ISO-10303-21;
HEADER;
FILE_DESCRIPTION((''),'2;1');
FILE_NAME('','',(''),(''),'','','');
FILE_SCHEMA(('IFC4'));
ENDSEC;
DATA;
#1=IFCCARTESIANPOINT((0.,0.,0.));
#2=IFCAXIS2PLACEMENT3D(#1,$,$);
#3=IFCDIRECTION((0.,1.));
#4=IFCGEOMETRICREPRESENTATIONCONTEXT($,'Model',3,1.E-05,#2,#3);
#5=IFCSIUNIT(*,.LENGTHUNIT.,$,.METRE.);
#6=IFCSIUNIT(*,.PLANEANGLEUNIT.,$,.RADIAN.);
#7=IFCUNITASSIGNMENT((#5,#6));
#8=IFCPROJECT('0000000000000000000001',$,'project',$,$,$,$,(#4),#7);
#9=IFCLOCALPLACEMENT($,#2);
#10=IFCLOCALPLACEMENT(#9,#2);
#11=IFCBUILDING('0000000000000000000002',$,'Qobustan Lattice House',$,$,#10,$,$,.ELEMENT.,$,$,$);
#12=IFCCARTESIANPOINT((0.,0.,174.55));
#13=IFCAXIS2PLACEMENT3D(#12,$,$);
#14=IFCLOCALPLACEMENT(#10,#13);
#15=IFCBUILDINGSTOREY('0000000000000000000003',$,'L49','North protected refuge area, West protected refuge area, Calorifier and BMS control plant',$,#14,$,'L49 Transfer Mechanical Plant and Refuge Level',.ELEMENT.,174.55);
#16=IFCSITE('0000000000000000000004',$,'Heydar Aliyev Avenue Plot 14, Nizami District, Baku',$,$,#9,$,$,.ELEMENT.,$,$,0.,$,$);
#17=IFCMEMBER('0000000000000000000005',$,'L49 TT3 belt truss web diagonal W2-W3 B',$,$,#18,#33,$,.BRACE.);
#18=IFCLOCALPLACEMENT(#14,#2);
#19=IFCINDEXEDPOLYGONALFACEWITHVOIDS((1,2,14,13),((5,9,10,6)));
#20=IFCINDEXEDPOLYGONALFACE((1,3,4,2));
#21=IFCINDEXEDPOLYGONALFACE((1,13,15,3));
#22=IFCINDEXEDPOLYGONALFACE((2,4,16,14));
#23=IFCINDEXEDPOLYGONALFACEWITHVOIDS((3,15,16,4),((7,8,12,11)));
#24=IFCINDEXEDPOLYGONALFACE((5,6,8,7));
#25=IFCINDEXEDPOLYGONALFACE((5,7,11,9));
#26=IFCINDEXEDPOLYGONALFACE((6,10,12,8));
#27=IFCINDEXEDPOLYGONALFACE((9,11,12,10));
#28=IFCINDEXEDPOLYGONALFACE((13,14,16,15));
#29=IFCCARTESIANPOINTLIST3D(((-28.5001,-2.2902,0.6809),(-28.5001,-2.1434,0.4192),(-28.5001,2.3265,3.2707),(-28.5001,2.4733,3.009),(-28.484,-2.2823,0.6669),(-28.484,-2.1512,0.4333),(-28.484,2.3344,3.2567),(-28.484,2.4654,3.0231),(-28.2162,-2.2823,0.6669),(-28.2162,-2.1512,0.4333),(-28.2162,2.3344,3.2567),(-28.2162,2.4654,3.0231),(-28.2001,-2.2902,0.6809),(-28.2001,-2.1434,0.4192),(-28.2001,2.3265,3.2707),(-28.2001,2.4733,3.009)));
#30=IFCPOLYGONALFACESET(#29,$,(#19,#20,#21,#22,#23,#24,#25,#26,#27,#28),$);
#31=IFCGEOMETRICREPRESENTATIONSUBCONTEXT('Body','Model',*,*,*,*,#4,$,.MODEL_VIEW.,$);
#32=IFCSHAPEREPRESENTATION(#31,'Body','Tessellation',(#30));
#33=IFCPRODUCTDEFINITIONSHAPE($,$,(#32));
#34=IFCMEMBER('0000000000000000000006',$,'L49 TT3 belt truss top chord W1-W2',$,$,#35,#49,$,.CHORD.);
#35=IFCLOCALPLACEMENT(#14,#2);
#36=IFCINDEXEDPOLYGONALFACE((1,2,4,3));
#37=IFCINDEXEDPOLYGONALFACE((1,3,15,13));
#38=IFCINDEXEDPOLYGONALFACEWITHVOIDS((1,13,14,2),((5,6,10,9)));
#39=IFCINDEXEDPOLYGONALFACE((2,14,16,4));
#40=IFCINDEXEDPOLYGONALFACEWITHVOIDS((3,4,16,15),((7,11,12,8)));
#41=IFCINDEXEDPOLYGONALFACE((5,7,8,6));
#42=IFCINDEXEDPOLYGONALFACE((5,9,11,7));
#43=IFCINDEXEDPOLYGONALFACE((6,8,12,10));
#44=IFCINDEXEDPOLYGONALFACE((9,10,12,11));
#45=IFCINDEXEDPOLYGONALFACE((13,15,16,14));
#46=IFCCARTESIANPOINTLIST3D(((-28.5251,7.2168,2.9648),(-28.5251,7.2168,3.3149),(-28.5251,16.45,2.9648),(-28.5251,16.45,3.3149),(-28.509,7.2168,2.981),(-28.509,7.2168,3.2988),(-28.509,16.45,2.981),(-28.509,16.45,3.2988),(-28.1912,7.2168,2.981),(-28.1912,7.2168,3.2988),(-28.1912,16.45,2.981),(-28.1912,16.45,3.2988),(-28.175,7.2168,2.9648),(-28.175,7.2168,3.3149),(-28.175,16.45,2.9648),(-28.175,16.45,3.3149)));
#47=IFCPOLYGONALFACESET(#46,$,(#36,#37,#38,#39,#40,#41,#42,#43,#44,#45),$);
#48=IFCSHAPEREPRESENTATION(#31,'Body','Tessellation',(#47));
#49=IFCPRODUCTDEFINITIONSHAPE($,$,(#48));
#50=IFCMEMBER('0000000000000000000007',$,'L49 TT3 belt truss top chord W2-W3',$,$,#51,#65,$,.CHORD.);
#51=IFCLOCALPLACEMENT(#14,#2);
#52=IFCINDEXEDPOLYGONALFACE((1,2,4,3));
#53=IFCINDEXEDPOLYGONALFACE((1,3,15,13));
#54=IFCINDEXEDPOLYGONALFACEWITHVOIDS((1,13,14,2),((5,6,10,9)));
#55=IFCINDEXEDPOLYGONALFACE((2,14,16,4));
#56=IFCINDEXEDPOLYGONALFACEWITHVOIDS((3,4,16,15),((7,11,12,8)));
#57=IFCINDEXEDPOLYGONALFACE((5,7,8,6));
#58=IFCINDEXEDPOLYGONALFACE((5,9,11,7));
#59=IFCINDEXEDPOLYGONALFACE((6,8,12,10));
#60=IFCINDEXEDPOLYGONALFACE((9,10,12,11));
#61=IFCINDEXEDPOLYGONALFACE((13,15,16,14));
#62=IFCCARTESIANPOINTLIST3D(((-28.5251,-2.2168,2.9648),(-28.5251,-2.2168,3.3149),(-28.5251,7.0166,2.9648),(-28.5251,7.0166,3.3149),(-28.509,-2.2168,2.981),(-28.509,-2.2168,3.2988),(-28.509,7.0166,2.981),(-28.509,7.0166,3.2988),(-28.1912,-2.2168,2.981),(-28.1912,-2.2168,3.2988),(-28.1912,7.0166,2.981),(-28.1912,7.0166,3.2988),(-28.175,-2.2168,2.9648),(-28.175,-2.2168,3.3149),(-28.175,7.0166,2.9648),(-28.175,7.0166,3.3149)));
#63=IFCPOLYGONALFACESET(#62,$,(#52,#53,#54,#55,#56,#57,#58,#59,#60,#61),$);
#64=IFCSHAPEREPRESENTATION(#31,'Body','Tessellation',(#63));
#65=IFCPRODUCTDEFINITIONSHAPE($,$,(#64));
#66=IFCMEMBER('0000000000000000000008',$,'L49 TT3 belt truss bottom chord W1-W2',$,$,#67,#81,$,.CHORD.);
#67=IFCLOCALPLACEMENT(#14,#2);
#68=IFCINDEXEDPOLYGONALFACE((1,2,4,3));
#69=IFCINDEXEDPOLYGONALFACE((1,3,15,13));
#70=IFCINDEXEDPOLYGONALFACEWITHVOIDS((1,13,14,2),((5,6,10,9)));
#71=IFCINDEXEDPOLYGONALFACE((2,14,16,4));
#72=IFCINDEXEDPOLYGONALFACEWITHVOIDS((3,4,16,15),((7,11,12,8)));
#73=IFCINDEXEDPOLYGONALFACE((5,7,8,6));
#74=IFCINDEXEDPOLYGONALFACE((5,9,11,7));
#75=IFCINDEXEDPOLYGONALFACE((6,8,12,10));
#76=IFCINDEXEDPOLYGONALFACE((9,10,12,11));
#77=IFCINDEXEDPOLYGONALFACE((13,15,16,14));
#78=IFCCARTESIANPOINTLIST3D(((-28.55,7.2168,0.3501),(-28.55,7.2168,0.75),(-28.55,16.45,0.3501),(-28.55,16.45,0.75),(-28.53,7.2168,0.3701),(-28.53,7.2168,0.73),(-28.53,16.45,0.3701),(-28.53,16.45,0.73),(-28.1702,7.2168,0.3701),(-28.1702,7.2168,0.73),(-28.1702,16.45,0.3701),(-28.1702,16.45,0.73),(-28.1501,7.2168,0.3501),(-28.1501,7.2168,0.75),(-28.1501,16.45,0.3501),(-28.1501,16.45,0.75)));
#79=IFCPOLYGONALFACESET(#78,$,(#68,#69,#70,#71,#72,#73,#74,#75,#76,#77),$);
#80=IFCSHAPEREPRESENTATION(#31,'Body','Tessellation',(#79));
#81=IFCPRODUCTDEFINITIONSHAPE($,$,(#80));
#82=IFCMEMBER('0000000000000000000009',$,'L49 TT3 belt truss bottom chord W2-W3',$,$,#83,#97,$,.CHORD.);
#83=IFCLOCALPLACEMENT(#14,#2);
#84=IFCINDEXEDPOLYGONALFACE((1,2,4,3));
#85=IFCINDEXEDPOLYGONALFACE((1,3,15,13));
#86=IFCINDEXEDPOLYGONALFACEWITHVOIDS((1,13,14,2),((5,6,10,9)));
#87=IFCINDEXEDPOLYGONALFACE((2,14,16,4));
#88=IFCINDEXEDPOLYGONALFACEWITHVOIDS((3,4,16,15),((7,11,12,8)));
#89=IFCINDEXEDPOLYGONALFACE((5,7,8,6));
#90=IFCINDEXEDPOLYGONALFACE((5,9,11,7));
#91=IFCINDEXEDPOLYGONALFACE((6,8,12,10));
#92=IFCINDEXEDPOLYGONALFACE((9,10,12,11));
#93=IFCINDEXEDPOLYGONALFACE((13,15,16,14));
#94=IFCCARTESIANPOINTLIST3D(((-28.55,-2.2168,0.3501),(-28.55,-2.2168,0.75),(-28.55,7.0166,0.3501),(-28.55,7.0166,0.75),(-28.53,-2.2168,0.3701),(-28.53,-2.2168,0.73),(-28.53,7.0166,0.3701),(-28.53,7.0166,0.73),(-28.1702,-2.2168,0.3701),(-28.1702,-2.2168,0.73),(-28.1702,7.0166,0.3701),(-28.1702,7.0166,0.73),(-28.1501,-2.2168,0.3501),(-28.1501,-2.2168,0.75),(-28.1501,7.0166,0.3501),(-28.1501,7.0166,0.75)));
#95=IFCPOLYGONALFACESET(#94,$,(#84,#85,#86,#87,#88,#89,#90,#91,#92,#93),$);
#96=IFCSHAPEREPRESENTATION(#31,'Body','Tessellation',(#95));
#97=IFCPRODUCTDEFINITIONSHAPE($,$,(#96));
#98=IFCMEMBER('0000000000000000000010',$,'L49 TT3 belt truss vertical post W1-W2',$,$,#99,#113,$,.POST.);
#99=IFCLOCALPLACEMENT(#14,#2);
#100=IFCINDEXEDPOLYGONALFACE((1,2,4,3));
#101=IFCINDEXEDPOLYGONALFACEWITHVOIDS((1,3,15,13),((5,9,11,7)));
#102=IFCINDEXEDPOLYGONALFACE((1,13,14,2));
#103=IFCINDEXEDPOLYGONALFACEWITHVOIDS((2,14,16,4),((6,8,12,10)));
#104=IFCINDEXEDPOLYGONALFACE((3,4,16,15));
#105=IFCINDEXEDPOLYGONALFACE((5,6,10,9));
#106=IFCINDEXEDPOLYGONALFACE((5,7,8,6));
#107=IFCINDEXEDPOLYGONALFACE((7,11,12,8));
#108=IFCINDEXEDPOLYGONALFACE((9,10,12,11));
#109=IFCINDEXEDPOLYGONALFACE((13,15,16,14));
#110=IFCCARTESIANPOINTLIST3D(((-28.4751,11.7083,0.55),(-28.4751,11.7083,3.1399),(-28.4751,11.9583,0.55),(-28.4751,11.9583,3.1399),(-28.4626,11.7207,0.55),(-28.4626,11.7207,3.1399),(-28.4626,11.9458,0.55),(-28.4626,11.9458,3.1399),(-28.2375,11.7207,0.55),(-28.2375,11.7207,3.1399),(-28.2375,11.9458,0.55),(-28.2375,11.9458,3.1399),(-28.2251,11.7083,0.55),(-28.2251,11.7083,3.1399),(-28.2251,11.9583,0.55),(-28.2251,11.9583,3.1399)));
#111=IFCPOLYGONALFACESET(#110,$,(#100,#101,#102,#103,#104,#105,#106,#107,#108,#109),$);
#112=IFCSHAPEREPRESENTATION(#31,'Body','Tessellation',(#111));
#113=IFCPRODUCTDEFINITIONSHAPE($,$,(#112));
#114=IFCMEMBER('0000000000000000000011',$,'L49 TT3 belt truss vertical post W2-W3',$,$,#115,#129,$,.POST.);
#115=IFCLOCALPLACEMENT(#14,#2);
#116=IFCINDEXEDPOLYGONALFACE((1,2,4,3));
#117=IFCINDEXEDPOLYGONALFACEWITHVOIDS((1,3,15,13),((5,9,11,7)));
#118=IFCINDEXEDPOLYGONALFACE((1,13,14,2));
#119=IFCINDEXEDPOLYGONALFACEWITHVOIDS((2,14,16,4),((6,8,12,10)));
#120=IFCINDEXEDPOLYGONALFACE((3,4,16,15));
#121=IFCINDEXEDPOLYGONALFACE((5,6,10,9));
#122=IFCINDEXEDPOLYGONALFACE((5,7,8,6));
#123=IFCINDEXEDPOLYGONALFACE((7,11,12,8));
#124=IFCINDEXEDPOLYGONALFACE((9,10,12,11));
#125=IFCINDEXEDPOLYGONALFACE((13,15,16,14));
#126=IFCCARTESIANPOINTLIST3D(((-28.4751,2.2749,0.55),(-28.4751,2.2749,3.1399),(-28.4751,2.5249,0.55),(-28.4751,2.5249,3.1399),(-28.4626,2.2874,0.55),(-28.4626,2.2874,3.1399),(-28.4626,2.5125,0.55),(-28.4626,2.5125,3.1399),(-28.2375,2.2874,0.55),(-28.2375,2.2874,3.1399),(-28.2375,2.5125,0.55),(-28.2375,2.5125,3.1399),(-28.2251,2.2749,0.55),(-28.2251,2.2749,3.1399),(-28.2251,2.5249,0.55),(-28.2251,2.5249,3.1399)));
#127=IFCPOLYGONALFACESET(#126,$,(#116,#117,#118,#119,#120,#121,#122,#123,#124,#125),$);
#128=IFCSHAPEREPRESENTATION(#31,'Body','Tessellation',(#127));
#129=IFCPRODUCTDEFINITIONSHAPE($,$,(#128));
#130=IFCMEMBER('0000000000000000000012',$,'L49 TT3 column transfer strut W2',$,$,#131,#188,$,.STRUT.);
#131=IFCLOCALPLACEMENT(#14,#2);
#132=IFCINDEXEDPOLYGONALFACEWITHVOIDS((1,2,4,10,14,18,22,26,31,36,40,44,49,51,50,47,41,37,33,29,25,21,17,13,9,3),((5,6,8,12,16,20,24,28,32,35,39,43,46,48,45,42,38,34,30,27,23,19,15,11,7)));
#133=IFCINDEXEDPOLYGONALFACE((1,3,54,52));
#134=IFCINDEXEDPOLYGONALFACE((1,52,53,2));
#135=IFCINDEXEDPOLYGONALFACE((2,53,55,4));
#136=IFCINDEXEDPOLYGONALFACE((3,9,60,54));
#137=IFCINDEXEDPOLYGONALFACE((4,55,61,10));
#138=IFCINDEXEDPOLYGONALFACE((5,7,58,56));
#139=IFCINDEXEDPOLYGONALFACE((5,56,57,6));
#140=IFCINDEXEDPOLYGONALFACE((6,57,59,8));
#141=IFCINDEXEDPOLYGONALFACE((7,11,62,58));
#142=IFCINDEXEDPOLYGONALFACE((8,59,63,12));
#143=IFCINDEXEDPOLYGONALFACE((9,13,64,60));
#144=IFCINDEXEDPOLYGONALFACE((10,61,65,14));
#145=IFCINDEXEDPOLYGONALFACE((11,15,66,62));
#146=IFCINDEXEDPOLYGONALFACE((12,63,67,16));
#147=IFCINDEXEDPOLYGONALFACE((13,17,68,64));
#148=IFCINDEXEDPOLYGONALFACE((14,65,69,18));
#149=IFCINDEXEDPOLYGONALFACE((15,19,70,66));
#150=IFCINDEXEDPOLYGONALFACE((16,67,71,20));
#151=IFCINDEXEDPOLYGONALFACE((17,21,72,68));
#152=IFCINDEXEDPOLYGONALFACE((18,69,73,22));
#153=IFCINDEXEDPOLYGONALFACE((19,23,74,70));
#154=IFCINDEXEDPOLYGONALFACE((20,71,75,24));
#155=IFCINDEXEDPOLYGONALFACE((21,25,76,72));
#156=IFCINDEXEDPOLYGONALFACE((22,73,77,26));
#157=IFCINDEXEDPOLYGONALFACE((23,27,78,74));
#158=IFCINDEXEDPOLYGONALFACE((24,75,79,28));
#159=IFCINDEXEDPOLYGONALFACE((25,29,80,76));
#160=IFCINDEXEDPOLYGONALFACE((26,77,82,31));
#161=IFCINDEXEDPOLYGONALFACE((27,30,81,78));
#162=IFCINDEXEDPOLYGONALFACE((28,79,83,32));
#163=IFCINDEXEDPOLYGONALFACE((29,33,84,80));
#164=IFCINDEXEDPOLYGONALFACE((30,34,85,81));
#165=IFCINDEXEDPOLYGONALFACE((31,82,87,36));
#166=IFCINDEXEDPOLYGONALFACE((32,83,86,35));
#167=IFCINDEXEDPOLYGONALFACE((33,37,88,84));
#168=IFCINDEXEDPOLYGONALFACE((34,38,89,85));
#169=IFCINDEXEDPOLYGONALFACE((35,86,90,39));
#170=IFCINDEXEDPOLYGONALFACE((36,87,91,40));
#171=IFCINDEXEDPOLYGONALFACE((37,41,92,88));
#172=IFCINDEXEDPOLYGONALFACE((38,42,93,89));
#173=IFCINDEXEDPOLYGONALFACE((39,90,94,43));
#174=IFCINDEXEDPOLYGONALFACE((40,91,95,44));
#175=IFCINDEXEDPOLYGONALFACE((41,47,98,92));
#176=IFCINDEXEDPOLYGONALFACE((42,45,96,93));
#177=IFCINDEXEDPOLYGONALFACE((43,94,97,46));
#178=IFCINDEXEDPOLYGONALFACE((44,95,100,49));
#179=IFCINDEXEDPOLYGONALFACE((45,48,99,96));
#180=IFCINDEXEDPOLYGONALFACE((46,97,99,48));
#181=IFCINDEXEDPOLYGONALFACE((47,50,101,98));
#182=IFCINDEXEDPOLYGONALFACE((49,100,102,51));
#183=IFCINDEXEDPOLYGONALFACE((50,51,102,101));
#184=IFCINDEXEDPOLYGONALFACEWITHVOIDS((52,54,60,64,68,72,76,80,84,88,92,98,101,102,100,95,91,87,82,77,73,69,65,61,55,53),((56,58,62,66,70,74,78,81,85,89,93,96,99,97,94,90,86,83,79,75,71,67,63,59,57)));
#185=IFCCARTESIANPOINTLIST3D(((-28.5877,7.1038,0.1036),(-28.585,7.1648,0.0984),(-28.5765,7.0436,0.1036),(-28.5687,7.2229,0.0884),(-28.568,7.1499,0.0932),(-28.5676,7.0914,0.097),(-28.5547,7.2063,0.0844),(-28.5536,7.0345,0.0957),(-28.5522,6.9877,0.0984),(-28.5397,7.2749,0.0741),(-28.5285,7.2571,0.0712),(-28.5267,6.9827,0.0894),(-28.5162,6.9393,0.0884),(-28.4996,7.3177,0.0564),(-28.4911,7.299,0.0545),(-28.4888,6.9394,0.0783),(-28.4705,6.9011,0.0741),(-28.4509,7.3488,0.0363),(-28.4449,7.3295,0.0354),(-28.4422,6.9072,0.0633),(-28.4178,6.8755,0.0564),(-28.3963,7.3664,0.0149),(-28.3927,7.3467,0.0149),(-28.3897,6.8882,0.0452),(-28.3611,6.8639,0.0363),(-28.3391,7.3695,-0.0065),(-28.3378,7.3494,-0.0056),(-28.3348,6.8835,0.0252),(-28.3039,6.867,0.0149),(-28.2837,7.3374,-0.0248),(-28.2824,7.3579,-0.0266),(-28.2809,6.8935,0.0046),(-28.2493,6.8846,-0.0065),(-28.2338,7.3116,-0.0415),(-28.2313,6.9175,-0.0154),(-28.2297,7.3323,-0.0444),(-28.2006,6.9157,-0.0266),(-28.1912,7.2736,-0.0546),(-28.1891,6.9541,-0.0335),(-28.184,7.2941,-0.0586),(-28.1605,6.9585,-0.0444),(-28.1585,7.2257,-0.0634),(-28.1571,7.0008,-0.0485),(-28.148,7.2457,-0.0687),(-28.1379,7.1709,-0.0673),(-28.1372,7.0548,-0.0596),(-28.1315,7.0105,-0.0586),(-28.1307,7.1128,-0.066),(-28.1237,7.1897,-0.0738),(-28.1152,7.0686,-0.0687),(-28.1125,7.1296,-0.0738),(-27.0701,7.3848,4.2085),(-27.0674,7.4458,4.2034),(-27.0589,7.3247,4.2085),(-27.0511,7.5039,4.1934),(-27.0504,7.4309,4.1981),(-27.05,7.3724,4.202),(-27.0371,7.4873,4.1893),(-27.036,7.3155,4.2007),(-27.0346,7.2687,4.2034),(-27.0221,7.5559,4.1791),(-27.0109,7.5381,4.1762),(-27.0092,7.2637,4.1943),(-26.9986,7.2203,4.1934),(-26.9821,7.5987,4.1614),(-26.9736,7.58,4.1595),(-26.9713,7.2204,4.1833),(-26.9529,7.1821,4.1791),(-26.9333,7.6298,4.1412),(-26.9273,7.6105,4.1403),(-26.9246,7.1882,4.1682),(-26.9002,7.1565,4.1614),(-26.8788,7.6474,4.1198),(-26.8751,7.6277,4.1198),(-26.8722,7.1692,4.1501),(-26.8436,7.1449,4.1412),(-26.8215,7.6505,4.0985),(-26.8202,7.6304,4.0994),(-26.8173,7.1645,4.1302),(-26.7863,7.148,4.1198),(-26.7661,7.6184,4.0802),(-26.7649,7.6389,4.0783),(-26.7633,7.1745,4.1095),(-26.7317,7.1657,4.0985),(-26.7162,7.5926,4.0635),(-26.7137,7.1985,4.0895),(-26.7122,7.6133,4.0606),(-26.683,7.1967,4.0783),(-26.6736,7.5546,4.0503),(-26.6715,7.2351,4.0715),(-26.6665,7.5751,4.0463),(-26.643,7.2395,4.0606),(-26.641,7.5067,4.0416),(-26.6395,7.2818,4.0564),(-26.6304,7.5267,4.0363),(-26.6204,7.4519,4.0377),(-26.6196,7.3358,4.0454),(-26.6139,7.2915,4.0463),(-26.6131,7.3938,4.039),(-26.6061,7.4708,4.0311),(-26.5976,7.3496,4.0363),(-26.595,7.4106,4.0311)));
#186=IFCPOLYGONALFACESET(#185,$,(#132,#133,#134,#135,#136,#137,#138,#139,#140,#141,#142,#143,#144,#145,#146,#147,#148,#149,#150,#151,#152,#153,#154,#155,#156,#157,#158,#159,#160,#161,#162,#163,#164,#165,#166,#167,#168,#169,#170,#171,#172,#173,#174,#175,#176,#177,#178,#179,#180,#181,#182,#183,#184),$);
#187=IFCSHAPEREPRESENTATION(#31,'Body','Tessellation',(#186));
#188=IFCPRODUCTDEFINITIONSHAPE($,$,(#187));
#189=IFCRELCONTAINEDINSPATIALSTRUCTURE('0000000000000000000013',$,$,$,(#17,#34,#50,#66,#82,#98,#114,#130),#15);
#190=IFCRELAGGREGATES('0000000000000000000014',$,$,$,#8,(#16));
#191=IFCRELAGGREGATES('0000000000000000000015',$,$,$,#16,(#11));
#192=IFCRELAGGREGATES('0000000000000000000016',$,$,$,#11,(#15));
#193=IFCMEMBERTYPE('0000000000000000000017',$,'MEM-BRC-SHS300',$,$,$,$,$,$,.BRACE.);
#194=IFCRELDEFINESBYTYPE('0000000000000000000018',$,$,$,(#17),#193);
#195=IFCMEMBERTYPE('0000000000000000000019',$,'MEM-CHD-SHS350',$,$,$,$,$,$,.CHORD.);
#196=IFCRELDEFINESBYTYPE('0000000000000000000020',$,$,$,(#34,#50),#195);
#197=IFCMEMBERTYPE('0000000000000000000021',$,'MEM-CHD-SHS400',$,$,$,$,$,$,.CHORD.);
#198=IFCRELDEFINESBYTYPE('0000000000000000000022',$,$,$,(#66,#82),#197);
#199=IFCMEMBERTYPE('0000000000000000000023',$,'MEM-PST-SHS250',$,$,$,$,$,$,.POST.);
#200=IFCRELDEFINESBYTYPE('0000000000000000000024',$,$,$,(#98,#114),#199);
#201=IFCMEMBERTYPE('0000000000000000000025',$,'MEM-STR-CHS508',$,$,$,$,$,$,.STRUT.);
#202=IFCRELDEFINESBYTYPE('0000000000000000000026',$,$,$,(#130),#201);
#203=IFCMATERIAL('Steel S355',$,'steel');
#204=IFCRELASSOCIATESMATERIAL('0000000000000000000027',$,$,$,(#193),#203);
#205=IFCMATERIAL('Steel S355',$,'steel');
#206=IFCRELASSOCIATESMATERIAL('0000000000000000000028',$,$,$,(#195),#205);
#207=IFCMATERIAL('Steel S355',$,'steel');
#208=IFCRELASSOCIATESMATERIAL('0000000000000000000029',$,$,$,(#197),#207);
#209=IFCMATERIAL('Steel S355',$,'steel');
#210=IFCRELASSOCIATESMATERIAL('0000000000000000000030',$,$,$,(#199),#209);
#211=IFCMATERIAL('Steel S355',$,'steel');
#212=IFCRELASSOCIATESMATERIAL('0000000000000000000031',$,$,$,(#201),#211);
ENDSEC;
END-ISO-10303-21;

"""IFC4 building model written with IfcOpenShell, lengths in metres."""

from ifc_helpers import new_model, si_unit, direction, frame, origin, origin_2d, place, context, subcontext, project, spatial, hollow_rectangle, hollow_circle, extrude, material, material_profile, profile_set, type_object, element, save


model = new_model("IFC4")

# Units and contexts
model_context = context("Model", 3, precision=1e-05, world=origin(), true_north=direction((0.0, 1.0)))
body_context = subcontext(model_context, "Body", "Model", "MODEL_VIEW")
ifc_project = project(units=[si_unit("LENGTHUNIT", "METRE"), si_unit("PLANEANGLEUNIT", "RADIAN")], contexts=[model_context])

# Site, building, storey
site_placement = place(None, origin())
site = spatial("IfcSite", under=ifc_project, at=site_placement, Name="Heydar Aliyev Avenue Plot 14, Nizami District, Baku", CompositionType="ELEMENT", RefElevation=0.0)
building_placement = place(site_placement, origin())
building = spatial("IfcBuilding", under=site, at=building_placement, Name="Qobustan Lattice House", CompositionType="ELEMENT")
storey_placement = place(building_placement, frame((0.0, 0.0, 174.55)))
storey = spatial("IfcBuildingStorey", under=building, at=storey_placement, Name="L49", Description="North protected refuge area, West protected refuge area, Calorifier and BMS control plant", LongName="L49 Transfer Mechanical Plant and Refuge Level", CompositionType="ELEMENT", Elevation=174.55)

# Members
ifc_material_1 = material(Name="Steel S355", Category="steel")
ifc_material_profile_1 = material_profile(ifc_material_1, hollow_rectangle(XDim=0.3, YDim=0.3, WallThickness=0.0161, at=origin_2d()), Name="SHS300x300x16")
ifc_profile_set_1 = profile_set([ifc_material_profile_1], Name="Steel S355")
member_type_1 = type_object("IfcMemberType", Name="MEM-BRC-SHS300", PredefinedType="BRACE", material=ifc_profile_set_1)
for number, where, z_axis, x_axis, name in (
    (1, (-28.3501, 2.3999, 3.1399), (0.0, -0.872144, -0.489249), (1.0, 0.0, 0.0), "L49 TT3 belt truss web diagonal W2-W3 B"),
):
    element("IfcMember", number, at=place(storey_placement, frame(where, z_axis=z_axis, x_axis=x_axis)), inside=storey, type_object=member_type_1, Name=name, PredefinedType="BRACE", context=body_context, shape_type="SweptSolid", body=[
        extrude(hollow_rectangle(XDim=0.3, YDim=0.3, WallThickness=0.0161, at=origin_2d()), origin(), (0.0, 0.0, 1.0), 5.2935),
    ])
ifc_material_2 = material(Name="Steel S355", Category="steel")
ifc_material_profile_2 = material_profile(ifc_material_2, hollow_rectangle(XDim=0.3501, YDim=0.3501, WallThickness=0.0161, at=origin_2d()), Name="SHS350x350x16")
ifc_profile_set_2 = profile_set([ifc_material_profile_2], Name="Steel S355")
member_type_2 = type_object("IfcMemberType", Name="MEM-CHD-SHS350", PredefinedType="CHORD", material=ifc_profile_set_2)
member_1_placement = place(storey_placement, frame((-28.3501, 16.45, 3.1399), z_axis=(0.0, -1.0, 0.0), x_axis=(1.0, 0.0, 0.0)))
element("IfcMember", 2, at=member_1_placement, inside=storey, type_object=member_type_2, Name="L49 TT3 belt truss top chord W1-W2", PredefinedType="CHORD", context=body_context, shape_type="SweptSolid", body=[
    extrude(hollow_rectangle(XDim=0.3501, YDim=0.3501, WallThickness=0.0161, at=origin_2d()), origin(), (0.0, 0.0, 1.0), 9.2332),
])
member_2_placement = place(storey_placement, frame((-28.3501, 7.0166, 3.1399), z_axis=(0.0, -1.0, 0.0), x_axis=(1.0, 0.0, 0.0)))
element("IfcMember", 3, at=member_2_placement, inside=storey, type_object=member_type_2, Name="L49 TT3 belt truss top chord W2-W3", PredefinedType="CHORD", context=body_context, shape_type="SweptSolid", body=[
    extrude(hollow_rectangle(XDim=0.3501, YDim=0.3501, WallThickness=0.0161, at=origin_2d()), origin(), (0.0, 0.0, 1.0), 9.2334),
])
ifc_material_3 = material(Name="Steel S355", Category="steel")
ifc_material_profile_3 = material_profile(ifc_material_3, hollow_rectangle(XDim=0.3999, YDim=0.3999, WallThickness=0.02, at=origin_2d()), Name="SHS400x400x20")
ifc_profile_set_3 = profile_set([ifc_material_profile_3], Name="Steel S355")
member_type_3 = type_object("IfcMemberType", Name="MEM-CHD-SHS400", PredefinedType="CHORD", material=ifc_profile_set_3)
member_3_placement = place(storey_placement, frame((-28.3501, 16.45, 0.55), z_axis=(0.0, -1.0, 0.0), x_axis=(1.0, 0.0, 0.0)))
element("IfcMember", 4, at=member_3_placement, inside=storey, type_object=member_type_3, Name="L49 TT3 belt truss bottom chord W1-W2", PredefinedType="CHORD", context=body_context, shape_type="SweptSolid", body=[
    extrude(hollow_rectangle(XDim=0.3999, YDim=0.3999, WallThickness=0.02, at=origin_2d()), origin(), (0.0, 0.0, 1.0), 9.2332),
])
member_4_placement = place(storey_placement, frame((-28.3501, 7.0166, 0.55), z_axis=(0.0, -1.0, 0.0), x_axis=(1.0, 0.0, 0.0)))
element("IfcMember", 5, at=member_4_placement, inside=storey, type_object=member_type_3, Name="L49 TT3 belt truss bottom chord W2-W3", PredefinedType="CHORD", context=body_context, shape_type="SweptSolid", body=[
    extrude(hollow_rectangle(XDim=0.3999, YDim=0.3999, WallThickness=0.02, at=origin_2d()), origin(), (0.0, 0.0, 1.0), 9.2334),
])
ifc_material_4 = material(Name="Steel S355", Category="steel")
ifc_material_profile_4 = material_profile(ifc_material_4, hollow_rectangle(XDim=0.25, YDim=0.25, WallThickness=0.0125, at=origin_2d()), Name="SHS250x250x12.5")
ifc_profile_set_4 = profile_set([ifc_material_profile_4], Name="Steel S355")
member_type_4 = type_object("IfcMemberType", Name="MEM-PST-SHS250", PredefinedType="POST", material=ifc_profile_set_4)
for number, where, z_axis, x_axis, name in (
    (6, (-28.3501, 11.8333, 0.55), (0.0, 0.0, 1.0), (1.0, 0.0, 0.0), "L49 TT3 belt truss vertical post W1-W2"),
    (7, (-28.3501, 2.3999, 0.55), (0.0, 0.0, 1.0), (1.0, 0.0, 0.0), "L49 TT3 belt truss vertical post W2-W3"),
):
    element("IfcMember", number, at=place(storey_placement, frame(where, z_axis=z_axis, x_axis=x_axis)), inside=storey, type_object=member_type_4, Name=name, PredefinedType="POST", context=body_context, shape_type="SweptSolid", body=[
        extrude(hollow_rectangle(XDim=0.25, YDim=0.25, WallThickness=0.0125, at=origin_2d()), origin(), (0.0, 0.0, 1.0), 2.5898),
    ])
ifc_material_5 = material(Name="Steel S355", Category="steel")
ifc_material_profile_5 = material_profile(ifc_material_5, hollow_circle(Radius=0.2539, WallThickness=0.02, at=origin_2d()), Name="CHS508x20")
ifc_profile_set_5 = profile_set([ifc_material_profile_5], Name="Steel S355")
member_type_5 = type_object("IfcMemberType", Name="MEM-STR-CHS508", PredefinedType="STRUT", material=ifc_profile_set_5)
member_5_placement = place(storey_placement, frame((-28.3501, 7.1167, 0.0149), z_axis=(0.346042, 0.064076, 0.936028), x_axis=(-0.182072, 0.983285, 0.0)))
element("IfcMember", 8, at=member_5_placement, inside=storey, type_object=member_type_5, Name="L49 TT3 column transfer strut W2", PredefinedType="STRUT", context=body_context, shape_type="SweptSolid", body=[
    extrude(hollow_circle(Radius=0.2539, WallThickness=0.02, at=origin_2d()), origin(), (0.0, 0.0, 1.0), 4.3855),
])

save(model, "model.ifc")
